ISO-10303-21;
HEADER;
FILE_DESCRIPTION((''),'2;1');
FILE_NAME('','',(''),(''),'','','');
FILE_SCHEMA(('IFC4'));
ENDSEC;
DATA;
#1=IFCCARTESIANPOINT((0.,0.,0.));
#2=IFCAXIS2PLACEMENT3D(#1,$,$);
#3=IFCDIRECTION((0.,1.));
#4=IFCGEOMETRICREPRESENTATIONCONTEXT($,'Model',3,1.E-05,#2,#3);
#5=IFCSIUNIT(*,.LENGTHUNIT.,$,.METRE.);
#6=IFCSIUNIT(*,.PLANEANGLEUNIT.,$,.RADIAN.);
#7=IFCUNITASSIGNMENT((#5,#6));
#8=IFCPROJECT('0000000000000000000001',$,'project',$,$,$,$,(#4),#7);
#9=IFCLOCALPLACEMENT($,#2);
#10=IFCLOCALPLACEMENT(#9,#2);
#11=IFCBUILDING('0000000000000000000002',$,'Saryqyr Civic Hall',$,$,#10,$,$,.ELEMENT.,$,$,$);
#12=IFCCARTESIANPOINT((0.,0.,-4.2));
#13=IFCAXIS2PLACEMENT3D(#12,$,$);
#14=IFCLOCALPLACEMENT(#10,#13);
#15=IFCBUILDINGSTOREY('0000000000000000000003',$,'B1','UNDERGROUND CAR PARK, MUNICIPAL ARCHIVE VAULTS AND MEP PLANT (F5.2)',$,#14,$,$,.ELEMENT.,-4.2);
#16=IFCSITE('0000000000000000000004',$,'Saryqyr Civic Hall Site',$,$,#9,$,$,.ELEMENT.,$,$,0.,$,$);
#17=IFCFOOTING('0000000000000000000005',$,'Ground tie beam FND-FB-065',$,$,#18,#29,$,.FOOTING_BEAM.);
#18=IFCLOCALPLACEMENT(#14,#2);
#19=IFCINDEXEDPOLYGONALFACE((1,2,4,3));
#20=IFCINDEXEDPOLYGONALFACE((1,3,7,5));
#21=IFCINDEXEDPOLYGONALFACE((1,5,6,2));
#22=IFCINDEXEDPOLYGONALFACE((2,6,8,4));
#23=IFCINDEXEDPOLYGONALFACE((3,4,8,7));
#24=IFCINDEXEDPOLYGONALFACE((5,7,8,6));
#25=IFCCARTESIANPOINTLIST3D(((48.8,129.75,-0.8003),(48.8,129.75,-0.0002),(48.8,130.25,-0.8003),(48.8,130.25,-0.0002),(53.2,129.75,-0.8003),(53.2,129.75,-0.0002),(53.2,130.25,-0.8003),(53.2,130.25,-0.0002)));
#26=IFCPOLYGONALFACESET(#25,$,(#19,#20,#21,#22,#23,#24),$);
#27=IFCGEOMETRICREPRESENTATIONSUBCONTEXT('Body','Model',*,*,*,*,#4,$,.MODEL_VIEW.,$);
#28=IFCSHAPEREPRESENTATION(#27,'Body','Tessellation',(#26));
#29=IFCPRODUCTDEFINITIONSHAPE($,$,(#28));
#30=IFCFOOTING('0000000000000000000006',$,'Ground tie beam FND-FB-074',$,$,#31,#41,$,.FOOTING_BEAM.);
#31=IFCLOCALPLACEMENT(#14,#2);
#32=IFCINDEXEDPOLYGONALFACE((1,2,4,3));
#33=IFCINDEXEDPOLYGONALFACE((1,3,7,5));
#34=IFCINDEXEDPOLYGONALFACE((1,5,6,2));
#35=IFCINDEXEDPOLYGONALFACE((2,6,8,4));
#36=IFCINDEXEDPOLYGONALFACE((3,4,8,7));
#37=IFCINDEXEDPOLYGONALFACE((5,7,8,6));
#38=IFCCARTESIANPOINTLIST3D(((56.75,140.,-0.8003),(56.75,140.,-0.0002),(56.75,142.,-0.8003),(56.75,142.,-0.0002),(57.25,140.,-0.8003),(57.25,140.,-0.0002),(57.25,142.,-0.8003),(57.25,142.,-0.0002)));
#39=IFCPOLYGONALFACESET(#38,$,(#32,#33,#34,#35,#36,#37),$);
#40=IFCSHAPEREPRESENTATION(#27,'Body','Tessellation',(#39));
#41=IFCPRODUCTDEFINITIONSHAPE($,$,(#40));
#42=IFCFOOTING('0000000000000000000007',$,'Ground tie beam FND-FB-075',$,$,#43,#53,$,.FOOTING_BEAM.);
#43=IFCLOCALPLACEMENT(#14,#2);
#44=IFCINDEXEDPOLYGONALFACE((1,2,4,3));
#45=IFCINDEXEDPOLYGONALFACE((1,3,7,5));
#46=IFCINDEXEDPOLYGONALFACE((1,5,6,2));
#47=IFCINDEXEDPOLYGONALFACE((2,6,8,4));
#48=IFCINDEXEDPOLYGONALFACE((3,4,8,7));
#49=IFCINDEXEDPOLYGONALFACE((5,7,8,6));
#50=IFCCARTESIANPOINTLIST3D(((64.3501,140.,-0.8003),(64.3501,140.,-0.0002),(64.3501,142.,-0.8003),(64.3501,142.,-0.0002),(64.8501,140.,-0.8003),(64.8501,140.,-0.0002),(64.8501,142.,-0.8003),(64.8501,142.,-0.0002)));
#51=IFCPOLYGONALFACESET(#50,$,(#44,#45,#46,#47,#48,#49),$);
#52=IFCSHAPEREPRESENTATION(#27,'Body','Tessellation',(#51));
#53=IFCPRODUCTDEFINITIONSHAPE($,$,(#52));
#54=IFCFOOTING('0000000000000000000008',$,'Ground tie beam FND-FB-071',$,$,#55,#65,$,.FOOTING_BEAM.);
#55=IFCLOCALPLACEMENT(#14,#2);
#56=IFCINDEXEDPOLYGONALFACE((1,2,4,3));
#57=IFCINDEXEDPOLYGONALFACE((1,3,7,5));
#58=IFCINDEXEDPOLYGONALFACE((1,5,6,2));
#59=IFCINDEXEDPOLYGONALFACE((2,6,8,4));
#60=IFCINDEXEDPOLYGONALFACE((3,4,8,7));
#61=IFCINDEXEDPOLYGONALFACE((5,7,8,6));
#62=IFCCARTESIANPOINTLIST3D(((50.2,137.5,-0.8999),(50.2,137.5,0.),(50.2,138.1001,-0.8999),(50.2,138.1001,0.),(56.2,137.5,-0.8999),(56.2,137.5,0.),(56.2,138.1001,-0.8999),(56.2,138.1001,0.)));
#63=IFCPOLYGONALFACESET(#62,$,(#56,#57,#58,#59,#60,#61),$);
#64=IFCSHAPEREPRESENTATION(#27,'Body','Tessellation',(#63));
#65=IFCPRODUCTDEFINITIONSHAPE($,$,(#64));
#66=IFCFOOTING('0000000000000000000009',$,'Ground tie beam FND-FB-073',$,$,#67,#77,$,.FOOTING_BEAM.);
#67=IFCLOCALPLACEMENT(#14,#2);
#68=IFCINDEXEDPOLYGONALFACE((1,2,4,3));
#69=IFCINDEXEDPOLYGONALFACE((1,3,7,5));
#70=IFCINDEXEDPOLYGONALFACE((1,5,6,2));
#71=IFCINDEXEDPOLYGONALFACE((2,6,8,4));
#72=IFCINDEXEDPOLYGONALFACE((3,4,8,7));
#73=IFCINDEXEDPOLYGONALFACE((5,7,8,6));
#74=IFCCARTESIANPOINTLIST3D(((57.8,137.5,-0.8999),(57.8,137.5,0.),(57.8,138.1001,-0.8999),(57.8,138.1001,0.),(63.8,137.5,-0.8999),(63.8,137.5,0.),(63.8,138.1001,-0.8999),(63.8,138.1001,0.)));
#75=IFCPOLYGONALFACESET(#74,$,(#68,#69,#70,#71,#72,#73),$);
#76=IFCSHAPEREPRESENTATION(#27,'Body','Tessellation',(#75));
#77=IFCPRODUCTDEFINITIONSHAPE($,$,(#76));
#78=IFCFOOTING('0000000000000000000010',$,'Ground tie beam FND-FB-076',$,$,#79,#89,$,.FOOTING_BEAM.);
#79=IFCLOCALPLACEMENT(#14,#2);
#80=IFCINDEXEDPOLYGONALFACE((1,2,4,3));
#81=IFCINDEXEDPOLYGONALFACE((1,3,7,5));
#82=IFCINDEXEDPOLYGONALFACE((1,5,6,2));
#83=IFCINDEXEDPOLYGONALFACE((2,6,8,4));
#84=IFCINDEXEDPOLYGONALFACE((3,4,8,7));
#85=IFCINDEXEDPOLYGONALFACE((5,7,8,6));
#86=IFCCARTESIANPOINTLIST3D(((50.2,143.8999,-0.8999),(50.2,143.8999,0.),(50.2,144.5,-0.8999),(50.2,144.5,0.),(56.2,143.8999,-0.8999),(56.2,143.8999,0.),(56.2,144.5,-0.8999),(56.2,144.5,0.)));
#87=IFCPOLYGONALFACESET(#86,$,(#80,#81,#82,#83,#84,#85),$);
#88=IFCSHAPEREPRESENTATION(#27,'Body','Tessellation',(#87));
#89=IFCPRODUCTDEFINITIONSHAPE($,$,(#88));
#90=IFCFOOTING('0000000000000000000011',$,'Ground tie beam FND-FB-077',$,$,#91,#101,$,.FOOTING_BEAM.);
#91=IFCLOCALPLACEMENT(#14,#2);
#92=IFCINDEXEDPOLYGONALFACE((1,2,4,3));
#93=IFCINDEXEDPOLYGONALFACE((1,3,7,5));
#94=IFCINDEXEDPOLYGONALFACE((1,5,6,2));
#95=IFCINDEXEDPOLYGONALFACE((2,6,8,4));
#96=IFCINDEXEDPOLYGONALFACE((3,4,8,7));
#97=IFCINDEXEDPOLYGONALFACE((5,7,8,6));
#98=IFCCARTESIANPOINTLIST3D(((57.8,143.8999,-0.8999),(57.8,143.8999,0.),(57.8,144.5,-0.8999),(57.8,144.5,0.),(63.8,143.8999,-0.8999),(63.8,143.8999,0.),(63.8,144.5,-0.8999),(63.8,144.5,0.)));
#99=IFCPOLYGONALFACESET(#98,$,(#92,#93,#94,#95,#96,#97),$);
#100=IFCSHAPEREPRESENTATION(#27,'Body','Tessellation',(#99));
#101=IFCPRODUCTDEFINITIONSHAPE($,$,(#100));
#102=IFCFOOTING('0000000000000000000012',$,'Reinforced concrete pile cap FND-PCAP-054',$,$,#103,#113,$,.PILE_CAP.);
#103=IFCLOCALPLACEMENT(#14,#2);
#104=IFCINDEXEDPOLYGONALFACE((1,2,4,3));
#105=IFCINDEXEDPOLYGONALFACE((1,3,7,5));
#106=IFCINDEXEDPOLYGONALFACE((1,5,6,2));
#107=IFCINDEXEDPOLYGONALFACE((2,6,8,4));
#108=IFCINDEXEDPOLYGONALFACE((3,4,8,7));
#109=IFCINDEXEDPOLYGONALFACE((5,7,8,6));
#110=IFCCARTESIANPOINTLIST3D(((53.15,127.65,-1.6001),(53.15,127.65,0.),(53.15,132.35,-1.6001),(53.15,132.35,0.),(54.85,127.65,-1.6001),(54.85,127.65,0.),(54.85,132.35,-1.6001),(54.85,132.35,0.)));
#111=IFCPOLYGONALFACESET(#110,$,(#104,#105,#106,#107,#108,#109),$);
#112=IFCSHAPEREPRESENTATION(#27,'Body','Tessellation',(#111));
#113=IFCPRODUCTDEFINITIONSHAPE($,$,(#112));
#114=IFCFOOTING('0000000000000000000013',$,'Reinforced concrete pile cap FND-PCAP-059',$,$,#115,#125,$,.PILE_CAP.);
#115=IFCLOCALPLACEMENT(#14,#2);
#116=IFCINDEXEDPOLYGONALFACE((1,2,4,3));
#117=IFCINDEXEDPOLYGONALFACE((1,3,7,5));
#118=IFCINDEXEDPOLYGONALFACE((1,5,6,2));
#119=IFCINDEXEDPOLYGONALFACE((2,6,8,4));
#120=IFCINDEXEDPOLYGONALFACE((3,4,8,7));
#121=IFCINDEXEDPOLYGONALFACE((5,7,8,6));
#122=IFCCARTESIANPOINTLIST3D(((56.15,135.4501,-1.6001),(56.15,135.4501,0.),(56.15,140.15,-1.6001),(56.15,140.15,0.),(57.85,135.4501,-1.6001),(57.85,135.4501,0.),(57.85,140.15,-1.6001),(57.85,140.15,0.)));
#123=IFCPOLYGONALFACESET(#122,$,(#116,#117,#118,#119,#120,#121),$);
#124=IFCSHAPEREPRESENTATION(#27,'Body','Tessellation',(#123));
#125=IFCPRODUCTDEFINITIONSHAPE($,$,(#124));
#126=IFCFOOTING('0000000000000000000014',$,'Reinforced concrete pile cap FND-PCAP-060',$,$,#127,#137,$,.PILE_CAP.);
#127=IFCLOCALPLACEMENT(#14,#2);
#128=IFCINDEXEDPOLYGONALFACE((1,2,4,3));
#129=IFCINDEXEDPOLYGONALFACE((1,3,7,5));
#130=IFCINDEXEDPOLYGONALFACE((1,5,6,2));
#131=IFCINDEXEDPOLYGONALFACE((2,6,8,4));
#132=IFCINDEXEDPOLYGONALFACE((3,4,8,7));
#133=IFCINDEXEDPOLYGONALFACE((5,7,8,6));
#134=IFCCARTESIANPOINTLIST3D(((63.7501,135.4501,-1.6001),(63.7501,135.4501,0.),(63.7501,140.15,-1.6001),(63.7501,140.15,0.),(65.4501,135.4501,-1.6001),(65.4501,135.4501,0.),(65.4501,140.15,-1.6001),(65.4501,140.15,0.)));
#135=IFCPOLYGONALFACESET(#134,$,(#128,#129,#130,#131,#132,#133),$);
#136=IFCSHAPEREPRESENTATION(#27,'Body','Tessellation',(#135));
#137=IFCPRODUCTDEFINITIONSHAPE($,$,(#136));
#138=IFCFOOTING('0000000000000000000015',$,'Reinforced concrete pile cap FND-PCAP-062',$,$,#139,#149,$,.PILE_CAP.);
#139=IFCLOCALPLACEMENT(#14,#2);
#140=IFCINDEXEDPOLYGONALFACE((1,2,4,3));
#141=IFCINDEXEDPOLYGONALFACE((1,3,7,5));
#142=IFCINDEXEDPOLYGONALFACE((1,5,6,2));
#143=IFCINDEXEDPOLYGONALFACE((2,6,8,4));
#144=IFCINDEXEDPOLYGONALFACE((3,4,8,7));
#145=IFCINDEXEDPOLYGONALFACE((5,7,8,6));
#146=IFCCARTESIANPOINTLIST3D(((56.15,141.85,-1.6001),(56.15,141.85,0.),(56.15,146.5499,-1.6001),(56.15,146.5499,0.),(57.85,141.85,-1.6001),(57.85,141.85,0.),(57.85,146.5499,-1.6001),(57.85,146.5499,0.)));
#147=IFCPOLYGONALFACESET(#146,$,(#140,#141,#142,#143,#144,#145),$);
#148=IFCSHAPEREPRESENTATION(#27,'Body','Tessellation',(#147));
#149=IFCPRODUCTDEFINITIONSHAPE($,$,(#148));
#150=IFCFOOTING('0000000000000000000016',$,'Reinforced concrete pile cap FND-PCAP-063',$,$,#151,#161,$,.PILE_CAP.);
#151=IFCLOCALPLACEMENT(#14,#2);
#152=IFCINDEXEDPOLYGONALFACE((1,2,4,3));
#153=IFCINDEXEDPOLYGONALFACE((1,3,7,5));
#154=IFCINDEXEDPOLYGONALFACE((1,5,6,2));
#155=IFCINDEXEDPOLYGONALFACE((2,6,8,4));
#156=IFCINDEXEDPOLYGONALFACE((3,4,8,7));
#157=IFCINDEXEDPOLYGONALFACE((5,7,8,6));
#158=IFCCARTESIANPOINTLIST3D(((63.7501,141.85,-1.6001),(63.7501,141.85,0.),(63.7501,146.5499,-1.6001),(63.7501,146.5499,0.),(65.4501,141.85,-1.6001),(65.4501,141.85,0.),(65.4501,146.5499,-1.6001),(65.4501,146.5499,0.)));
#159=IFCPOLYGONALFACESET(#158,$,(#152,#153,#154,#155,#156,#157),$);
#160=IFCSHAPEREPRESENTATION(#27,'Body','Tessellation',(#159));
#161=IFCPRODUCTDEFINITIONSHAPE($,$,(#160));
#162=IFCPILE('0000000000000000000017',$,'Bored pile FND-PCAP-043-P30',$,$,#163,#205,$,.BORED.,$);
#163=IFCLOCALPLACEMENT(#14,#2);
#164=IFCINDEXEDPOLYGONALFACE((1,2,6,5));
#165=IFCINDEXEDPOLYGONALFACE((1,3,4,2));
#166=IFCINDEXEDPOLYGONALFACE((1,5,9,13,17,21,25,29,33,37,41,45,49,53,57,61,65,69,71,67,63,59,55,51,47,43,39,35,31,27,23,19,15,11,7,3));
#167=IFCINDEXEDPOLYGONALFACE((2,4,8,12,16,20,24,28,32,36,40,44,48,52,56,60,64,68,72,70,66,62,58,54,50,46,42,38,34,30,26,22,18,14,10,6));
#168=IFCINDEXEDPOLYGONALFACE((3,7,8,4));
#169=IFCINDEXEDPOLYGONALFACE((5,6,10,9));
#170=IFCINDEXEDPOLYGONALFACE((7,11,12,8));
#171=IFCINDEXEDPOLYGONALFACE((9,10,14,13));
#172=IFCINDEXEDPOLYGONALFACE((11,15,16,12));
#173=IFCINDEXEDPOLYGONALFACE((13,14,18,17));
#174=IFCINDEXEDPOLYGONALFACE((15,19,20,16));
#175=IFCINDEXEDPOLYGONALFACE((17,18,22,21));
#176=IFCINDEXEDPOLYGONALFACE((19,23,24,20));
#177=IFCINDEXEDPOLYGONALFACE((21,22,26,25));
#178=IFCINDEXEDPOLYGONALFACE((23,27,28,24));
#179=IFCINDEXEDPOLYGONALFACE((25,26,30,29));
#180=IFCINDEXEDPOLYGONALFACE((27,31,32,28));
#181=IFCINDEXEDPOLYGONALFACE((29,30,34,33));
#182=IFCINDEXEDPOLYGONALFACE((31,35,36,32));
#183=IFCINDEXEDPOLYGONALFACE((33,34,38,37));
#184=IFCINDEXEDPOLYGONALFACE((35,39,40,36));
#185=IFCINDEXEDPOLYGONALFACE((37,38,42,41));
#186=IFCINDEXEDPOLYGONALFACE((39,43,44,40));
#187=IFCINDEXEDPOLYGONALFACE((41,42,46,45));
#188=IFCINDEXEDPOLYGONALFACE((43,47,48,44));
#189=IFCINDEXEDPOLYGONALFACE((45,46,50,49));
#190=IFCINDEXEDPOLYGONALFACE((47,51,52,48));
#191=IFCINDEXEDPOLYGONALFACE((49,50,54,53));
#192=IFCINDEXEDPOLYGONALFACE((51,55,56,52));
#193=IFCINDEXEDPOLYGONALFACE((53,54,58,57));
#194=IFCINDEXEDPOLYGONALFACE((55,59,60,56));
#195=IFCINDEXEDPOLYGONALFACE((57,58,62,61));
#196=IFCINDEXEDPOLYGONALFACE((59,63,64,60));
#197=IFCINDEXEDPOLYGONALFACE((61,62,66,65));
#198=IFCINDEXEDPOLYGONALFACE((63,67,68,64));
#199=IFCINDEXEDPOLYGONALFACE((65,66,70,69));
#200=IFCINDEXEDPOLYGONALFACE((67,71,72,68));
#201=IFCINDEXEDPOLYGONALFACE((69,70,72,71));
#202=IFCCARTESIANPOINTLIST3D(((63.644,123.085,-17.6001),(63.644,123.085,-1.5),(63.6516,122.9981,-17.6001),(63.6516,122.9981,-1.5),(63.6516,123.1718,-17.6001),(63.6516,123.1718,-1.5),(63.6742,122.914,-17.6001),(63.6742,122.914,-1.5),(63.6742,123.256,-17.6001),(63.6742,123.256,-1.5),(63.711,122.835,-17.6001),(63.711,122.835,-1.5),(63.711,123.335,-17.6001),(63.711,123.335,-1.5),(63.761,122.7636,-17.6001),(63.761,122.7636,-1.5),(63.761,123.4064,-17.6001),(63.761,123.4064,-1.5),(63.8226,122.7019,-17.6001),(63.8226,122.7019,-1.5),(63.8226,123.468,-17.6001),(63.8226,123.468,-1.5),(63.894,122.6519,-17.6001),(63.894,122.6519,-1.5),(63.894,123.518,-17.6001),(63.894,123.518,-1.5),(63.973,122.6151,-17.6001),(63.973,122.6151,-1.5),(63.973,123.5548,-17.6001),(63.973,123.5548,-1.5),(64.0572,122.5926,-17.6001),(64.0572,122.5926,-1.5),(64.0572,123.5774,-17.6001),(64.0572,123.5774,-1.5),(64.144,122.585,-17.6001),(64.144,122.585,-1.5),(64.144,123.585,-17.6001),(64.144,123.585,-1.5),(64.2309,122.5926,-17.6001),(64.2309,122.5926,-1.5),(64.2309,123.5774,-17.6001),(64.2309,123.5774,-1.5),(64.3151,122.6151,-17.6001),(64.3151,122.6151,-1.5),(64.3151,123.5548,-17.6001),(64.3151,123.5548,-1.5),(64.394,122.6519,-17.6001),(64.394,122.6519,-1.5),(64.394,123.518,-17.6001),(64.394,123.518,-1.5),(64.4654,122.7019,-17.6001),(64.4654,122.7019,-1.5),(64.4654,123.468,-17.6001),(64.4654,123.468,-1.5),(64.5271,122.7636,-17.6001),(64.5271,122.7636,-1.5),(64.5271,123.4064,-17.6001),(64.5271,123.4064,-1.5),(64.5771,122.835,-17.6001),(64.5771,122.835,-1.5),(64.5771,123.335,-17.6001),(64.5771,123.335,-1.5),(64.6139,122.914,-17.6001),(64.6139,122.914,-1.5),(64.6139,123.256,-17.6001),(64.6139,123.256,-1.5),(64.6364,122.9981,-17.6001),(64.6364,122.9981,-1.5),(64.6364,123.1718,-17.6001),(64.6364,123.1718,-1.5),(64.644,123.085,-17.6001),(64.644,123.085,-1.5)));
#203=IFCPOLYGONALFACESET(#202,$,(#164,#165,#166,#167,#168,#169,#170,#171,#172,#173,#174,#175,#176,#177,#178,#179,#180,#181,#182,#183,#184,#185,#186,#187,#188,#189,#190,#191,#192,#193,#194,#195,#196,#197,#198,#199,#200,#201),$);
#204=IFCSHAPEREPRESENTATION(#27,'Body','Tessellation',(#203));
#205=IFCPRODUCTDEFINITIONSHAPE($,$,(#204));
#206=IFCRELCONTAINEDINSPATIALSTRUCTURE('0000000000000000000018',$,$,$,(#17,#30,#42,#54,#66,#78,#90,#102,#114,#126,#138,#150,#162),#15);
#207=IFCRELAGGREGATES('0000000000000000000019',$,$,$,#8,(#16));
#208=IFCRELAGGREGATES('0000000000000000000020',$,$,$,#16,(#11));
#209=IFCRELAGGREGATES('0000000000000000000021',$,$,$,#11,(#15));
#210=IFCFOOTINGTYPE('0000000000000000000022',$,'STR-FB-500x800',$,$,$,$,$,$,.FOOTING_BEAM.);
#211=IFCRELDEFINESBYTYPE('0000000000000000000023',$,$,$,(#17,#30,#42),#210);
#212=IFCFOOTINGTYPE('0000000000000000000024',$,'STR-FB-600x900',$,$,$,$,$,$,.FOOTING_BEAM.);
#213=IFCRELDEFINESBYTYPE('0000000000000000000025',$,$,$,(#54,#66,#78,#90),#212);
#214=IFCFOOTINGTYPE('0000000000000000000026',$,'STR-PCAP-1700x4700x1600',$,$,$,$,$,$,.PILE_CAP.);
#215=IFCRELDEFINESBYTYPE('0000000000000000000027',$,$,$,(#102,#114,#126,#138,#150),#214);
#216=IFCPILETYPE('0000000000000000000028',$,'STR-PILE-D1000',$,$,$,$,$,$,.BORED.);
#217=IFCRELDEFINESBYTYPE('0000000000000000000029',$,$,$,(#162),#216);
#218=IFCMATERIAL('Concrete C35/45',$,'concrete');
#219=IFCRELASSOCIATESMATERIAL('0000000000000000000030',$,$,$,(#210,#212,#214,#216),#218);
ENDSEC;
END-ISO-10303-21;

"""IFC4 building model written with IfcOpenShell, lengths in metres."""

from ifc_helpers import new_model, si_unit, direction, frame, origin, origin_2d, place, context, subcontext, project, spatial, rectangle, circle, extrude, material, material_profile, profile_set, type_object, element, save


model = new_model("IFC4")

# Units and contexts
model_context = context("Model", 3, precision=1e-05, world=origin(), true_north=direction((0.0, 1.0)))
body_context = subcontext(model_context, "Body", "Model", "MODEL_VIEW")
ifc_project = project(units=[si_unit("LENGTHUNIT", "METRE"), si_unit("PLANEANGLEUNIT", "RADIAN")], contexts=[model_context])

# Site, building, storey
site_placement = place(None, origin())
site = spatial("IfcSite", under=ifc_project, at=site_placement, Name="Saryqyr Civic Hall Site", CompositionType="ELEMENT", RefElevation=0.0)
building_placement = place(site_placement, origin())
building = spatial("IfcBuilding", under=site, at=building_placement, Name="Saryqyr Civic Hall", CompositionType="ELEMENT")
storey_placement = place(building_placement, frame((0.0, 0.0, -4.2)))
storey = spatial("IfcBuildingStorey", under=building, at=storey_placement, Name="B1", Description="UNDERGROUND CAR PARK, MUNICIPAL ARCHIVE VAULTS AND MEP PLANT (F5.2)", CompositionType="ELEMENT", Elevation=-4.2)

# Footings
ifc_material_1 = material(Name="Concrete C35/45", Category="concrete")
footing_type_1 = type_object("IfcFootingType", Name="STR-FB-500x800", PredefinedType="FOOTING_BEAM", material=ifc_material_1)
footing_placement = place(storey_placement, frame((51.0, 130.0, -0.8003), z_axis=(0.0, 0.0, 1.0), x_axis=(1.0, 0.0, 0.0)))
element("IfcFooting", 1, at=footing_placement, inside=storey, type_object=footing_type_1, Name="Ground tie beam FND-FB-065", PredefinedType="FOOTING_BEAM", context=body_context, shape_type="SweptSolid", body=[
    extrude(rectangle(XDim=4.3999, YDim=0.5, at=origin_2d()), origin(), (0.0, 0.0, 1.0), 0.8),
])
for number, where, z_axis, x_axis, name in (
    (2, (57.0, 141.0, -0.8003), (0.0, 0.0, 1.0), (1.0, 0.0, 0.0), "Ground tie beam FND-FB-074"),
    (3, (64.6001, 141.0, -0.8003), (0.0, 0.0, 1.0), (1.0, 0.0, 0.0), "Ground tie beam FND-FB-075"),
):
    element("IfcFooting", number, at=place(storey_placement, frame(where, z_axis=z_axis, x_axis=x_axis)), inside=storey, type_object=footing_type_1, Name=name, PredefinedType="FOOTING_BEAM", context=body_context, shape_type="SweptSolid", body=[
        extrude(rectangle(XDim=0.5, YDim=2.0, at=origin_2d()), origin(), (0.0, 0.0, 1.0), 0.8),
    ])
footing_type_2 = type_object("IfcFootingType", Name="STR-FB-600x900", PredefinedType="FOOTING_BEAM", material=ifc_material_1)
for number, where, z_axis, x_axis, name in (
    (4, (53.2, 137.8, -0.8999), (0.0, 0.0, 1.0), (1.0, 0.0, 0.0), "Ground tie beam FND-FB-071"),
    (5, (60.8, 137.8, -0.8999), (0.0, 0.0, 1.0), (1.0, 0.0, 0.0), "Ground tie beam FND-FB-073"),
    (6, (53.2, 144.2, -0.8999), (0.0, 0.0, 1.0), (1.0, 0.0, 0.0), "Ground tie beam FND-FB-076"),
    (7, (60.8, 144.2, -0.8999), (0.0, 0.0, 1.0), (1.0, 0.0, 0.0), "Ground tie beam FND-FB-077"),
):
    element("IfcFooting", number, at=place(storey_placement, frame(where, z_axis=z_axis, x_axis=x_axis)), inside=storey, type_object=footing_type_2, Name=name, PredefinedType="FOOTING_BEAM", context=body_context, shape_type="SweptSolid", body=[
        extrude(rectangle(XDim=6.0, YDim=0.6001, at=origin_2d()), origin(), (0.0, 0.0, 1.0), 0.8999),
    ])
footing_type_3 = type_object("IfcFootingType", Name="STR-PCAP-1700x4700x1600", PredefinedType="PILE_CAP", material=ifc_material_1)
for number, where, z_axis, x_axis, name in (
    (8, (54.0, 130.0, -1.6001), (0.0, 0.0, 1.0), (1.0, 0.0, 0.0), "Reinforced concrete pile cap FND-PCAP-054"),
    (9, (57.0, 137.8, -1.6001), (0.0, 0.0, 1.0), (1.0, 0.0, 0.0), "Reinforced concrete pile cap FND-PCAP-059"),
    (10, (64.6001, 137.8, -1.6001), (0.0, 0.0, 1.0), (1.0, 0.0, 0.0), "Reinforced concrete pile cap FND-PCAP-060"),
    (11, (57.0, 144.2, -1.6001), (0.0, 0.0, 1.0), (1.0, 0.0, 0.0), "Reinforced concrete pile cap FND-PCAP-062"),
    (12, (64.6001, 144.2, -1.6001), (0.0, 0.0, 1.0), (1.0, 0.0, 0.0), "Reinforced concrete pile cap FND-PCAP-063"),
):
    element("IfcFooting", number, at=place(storey_placement, frame(where, z_axis=z_axis, x_axis=x_axis)), inside=storey, type_object=footing_type_3, Name=name, PredefinedType="PILE_CAP", context=body_context, shape_type="SweptSolid", body=[
        extrude(rectangle(XDim=1.7, YDim=4.7, at=origin_2d()), origin(), (0.0, 0.0, 1.0), 1.6001),
    ])

# Pile
ifc_material_profile_1 = material_profile(ifc_material_1, circle(Radius=0.5, at=origin_2d()), Name="BORED PILE D1000")
ifc_profile_set_1 = profile_set([ifc_material_profile_1], Name="Concrete C35/45")
pile_type = type_object("IfcPileType", Name="STR-PILE-D1000", PredefinedType="BORED", material=ifc_profile_set_1)
for number, where, z_axis, x_axis, name in (
    (13, (64.144, 123.085, -1.5), (0.0, 0.0, -1.0), (1.0, 0.0, 0.0), "Bored pile FND-PCAP-043-P30"),
):
    element("IfcPile", number, at=place(storey_placement, frame(where, z_axis=z_axis, x_axis=x_axis)), inside=storey, type_object=pile_type, Name=name, PredefinedType="BORED", context=body_context, shape_type="SweptSolid", body=[
        extrude(circle(Radius=0.5, at=origin_2d()), origin(), (0.0, 0.0, 1.0), 16.1001),
    ])

save(model, "model.ifc")
